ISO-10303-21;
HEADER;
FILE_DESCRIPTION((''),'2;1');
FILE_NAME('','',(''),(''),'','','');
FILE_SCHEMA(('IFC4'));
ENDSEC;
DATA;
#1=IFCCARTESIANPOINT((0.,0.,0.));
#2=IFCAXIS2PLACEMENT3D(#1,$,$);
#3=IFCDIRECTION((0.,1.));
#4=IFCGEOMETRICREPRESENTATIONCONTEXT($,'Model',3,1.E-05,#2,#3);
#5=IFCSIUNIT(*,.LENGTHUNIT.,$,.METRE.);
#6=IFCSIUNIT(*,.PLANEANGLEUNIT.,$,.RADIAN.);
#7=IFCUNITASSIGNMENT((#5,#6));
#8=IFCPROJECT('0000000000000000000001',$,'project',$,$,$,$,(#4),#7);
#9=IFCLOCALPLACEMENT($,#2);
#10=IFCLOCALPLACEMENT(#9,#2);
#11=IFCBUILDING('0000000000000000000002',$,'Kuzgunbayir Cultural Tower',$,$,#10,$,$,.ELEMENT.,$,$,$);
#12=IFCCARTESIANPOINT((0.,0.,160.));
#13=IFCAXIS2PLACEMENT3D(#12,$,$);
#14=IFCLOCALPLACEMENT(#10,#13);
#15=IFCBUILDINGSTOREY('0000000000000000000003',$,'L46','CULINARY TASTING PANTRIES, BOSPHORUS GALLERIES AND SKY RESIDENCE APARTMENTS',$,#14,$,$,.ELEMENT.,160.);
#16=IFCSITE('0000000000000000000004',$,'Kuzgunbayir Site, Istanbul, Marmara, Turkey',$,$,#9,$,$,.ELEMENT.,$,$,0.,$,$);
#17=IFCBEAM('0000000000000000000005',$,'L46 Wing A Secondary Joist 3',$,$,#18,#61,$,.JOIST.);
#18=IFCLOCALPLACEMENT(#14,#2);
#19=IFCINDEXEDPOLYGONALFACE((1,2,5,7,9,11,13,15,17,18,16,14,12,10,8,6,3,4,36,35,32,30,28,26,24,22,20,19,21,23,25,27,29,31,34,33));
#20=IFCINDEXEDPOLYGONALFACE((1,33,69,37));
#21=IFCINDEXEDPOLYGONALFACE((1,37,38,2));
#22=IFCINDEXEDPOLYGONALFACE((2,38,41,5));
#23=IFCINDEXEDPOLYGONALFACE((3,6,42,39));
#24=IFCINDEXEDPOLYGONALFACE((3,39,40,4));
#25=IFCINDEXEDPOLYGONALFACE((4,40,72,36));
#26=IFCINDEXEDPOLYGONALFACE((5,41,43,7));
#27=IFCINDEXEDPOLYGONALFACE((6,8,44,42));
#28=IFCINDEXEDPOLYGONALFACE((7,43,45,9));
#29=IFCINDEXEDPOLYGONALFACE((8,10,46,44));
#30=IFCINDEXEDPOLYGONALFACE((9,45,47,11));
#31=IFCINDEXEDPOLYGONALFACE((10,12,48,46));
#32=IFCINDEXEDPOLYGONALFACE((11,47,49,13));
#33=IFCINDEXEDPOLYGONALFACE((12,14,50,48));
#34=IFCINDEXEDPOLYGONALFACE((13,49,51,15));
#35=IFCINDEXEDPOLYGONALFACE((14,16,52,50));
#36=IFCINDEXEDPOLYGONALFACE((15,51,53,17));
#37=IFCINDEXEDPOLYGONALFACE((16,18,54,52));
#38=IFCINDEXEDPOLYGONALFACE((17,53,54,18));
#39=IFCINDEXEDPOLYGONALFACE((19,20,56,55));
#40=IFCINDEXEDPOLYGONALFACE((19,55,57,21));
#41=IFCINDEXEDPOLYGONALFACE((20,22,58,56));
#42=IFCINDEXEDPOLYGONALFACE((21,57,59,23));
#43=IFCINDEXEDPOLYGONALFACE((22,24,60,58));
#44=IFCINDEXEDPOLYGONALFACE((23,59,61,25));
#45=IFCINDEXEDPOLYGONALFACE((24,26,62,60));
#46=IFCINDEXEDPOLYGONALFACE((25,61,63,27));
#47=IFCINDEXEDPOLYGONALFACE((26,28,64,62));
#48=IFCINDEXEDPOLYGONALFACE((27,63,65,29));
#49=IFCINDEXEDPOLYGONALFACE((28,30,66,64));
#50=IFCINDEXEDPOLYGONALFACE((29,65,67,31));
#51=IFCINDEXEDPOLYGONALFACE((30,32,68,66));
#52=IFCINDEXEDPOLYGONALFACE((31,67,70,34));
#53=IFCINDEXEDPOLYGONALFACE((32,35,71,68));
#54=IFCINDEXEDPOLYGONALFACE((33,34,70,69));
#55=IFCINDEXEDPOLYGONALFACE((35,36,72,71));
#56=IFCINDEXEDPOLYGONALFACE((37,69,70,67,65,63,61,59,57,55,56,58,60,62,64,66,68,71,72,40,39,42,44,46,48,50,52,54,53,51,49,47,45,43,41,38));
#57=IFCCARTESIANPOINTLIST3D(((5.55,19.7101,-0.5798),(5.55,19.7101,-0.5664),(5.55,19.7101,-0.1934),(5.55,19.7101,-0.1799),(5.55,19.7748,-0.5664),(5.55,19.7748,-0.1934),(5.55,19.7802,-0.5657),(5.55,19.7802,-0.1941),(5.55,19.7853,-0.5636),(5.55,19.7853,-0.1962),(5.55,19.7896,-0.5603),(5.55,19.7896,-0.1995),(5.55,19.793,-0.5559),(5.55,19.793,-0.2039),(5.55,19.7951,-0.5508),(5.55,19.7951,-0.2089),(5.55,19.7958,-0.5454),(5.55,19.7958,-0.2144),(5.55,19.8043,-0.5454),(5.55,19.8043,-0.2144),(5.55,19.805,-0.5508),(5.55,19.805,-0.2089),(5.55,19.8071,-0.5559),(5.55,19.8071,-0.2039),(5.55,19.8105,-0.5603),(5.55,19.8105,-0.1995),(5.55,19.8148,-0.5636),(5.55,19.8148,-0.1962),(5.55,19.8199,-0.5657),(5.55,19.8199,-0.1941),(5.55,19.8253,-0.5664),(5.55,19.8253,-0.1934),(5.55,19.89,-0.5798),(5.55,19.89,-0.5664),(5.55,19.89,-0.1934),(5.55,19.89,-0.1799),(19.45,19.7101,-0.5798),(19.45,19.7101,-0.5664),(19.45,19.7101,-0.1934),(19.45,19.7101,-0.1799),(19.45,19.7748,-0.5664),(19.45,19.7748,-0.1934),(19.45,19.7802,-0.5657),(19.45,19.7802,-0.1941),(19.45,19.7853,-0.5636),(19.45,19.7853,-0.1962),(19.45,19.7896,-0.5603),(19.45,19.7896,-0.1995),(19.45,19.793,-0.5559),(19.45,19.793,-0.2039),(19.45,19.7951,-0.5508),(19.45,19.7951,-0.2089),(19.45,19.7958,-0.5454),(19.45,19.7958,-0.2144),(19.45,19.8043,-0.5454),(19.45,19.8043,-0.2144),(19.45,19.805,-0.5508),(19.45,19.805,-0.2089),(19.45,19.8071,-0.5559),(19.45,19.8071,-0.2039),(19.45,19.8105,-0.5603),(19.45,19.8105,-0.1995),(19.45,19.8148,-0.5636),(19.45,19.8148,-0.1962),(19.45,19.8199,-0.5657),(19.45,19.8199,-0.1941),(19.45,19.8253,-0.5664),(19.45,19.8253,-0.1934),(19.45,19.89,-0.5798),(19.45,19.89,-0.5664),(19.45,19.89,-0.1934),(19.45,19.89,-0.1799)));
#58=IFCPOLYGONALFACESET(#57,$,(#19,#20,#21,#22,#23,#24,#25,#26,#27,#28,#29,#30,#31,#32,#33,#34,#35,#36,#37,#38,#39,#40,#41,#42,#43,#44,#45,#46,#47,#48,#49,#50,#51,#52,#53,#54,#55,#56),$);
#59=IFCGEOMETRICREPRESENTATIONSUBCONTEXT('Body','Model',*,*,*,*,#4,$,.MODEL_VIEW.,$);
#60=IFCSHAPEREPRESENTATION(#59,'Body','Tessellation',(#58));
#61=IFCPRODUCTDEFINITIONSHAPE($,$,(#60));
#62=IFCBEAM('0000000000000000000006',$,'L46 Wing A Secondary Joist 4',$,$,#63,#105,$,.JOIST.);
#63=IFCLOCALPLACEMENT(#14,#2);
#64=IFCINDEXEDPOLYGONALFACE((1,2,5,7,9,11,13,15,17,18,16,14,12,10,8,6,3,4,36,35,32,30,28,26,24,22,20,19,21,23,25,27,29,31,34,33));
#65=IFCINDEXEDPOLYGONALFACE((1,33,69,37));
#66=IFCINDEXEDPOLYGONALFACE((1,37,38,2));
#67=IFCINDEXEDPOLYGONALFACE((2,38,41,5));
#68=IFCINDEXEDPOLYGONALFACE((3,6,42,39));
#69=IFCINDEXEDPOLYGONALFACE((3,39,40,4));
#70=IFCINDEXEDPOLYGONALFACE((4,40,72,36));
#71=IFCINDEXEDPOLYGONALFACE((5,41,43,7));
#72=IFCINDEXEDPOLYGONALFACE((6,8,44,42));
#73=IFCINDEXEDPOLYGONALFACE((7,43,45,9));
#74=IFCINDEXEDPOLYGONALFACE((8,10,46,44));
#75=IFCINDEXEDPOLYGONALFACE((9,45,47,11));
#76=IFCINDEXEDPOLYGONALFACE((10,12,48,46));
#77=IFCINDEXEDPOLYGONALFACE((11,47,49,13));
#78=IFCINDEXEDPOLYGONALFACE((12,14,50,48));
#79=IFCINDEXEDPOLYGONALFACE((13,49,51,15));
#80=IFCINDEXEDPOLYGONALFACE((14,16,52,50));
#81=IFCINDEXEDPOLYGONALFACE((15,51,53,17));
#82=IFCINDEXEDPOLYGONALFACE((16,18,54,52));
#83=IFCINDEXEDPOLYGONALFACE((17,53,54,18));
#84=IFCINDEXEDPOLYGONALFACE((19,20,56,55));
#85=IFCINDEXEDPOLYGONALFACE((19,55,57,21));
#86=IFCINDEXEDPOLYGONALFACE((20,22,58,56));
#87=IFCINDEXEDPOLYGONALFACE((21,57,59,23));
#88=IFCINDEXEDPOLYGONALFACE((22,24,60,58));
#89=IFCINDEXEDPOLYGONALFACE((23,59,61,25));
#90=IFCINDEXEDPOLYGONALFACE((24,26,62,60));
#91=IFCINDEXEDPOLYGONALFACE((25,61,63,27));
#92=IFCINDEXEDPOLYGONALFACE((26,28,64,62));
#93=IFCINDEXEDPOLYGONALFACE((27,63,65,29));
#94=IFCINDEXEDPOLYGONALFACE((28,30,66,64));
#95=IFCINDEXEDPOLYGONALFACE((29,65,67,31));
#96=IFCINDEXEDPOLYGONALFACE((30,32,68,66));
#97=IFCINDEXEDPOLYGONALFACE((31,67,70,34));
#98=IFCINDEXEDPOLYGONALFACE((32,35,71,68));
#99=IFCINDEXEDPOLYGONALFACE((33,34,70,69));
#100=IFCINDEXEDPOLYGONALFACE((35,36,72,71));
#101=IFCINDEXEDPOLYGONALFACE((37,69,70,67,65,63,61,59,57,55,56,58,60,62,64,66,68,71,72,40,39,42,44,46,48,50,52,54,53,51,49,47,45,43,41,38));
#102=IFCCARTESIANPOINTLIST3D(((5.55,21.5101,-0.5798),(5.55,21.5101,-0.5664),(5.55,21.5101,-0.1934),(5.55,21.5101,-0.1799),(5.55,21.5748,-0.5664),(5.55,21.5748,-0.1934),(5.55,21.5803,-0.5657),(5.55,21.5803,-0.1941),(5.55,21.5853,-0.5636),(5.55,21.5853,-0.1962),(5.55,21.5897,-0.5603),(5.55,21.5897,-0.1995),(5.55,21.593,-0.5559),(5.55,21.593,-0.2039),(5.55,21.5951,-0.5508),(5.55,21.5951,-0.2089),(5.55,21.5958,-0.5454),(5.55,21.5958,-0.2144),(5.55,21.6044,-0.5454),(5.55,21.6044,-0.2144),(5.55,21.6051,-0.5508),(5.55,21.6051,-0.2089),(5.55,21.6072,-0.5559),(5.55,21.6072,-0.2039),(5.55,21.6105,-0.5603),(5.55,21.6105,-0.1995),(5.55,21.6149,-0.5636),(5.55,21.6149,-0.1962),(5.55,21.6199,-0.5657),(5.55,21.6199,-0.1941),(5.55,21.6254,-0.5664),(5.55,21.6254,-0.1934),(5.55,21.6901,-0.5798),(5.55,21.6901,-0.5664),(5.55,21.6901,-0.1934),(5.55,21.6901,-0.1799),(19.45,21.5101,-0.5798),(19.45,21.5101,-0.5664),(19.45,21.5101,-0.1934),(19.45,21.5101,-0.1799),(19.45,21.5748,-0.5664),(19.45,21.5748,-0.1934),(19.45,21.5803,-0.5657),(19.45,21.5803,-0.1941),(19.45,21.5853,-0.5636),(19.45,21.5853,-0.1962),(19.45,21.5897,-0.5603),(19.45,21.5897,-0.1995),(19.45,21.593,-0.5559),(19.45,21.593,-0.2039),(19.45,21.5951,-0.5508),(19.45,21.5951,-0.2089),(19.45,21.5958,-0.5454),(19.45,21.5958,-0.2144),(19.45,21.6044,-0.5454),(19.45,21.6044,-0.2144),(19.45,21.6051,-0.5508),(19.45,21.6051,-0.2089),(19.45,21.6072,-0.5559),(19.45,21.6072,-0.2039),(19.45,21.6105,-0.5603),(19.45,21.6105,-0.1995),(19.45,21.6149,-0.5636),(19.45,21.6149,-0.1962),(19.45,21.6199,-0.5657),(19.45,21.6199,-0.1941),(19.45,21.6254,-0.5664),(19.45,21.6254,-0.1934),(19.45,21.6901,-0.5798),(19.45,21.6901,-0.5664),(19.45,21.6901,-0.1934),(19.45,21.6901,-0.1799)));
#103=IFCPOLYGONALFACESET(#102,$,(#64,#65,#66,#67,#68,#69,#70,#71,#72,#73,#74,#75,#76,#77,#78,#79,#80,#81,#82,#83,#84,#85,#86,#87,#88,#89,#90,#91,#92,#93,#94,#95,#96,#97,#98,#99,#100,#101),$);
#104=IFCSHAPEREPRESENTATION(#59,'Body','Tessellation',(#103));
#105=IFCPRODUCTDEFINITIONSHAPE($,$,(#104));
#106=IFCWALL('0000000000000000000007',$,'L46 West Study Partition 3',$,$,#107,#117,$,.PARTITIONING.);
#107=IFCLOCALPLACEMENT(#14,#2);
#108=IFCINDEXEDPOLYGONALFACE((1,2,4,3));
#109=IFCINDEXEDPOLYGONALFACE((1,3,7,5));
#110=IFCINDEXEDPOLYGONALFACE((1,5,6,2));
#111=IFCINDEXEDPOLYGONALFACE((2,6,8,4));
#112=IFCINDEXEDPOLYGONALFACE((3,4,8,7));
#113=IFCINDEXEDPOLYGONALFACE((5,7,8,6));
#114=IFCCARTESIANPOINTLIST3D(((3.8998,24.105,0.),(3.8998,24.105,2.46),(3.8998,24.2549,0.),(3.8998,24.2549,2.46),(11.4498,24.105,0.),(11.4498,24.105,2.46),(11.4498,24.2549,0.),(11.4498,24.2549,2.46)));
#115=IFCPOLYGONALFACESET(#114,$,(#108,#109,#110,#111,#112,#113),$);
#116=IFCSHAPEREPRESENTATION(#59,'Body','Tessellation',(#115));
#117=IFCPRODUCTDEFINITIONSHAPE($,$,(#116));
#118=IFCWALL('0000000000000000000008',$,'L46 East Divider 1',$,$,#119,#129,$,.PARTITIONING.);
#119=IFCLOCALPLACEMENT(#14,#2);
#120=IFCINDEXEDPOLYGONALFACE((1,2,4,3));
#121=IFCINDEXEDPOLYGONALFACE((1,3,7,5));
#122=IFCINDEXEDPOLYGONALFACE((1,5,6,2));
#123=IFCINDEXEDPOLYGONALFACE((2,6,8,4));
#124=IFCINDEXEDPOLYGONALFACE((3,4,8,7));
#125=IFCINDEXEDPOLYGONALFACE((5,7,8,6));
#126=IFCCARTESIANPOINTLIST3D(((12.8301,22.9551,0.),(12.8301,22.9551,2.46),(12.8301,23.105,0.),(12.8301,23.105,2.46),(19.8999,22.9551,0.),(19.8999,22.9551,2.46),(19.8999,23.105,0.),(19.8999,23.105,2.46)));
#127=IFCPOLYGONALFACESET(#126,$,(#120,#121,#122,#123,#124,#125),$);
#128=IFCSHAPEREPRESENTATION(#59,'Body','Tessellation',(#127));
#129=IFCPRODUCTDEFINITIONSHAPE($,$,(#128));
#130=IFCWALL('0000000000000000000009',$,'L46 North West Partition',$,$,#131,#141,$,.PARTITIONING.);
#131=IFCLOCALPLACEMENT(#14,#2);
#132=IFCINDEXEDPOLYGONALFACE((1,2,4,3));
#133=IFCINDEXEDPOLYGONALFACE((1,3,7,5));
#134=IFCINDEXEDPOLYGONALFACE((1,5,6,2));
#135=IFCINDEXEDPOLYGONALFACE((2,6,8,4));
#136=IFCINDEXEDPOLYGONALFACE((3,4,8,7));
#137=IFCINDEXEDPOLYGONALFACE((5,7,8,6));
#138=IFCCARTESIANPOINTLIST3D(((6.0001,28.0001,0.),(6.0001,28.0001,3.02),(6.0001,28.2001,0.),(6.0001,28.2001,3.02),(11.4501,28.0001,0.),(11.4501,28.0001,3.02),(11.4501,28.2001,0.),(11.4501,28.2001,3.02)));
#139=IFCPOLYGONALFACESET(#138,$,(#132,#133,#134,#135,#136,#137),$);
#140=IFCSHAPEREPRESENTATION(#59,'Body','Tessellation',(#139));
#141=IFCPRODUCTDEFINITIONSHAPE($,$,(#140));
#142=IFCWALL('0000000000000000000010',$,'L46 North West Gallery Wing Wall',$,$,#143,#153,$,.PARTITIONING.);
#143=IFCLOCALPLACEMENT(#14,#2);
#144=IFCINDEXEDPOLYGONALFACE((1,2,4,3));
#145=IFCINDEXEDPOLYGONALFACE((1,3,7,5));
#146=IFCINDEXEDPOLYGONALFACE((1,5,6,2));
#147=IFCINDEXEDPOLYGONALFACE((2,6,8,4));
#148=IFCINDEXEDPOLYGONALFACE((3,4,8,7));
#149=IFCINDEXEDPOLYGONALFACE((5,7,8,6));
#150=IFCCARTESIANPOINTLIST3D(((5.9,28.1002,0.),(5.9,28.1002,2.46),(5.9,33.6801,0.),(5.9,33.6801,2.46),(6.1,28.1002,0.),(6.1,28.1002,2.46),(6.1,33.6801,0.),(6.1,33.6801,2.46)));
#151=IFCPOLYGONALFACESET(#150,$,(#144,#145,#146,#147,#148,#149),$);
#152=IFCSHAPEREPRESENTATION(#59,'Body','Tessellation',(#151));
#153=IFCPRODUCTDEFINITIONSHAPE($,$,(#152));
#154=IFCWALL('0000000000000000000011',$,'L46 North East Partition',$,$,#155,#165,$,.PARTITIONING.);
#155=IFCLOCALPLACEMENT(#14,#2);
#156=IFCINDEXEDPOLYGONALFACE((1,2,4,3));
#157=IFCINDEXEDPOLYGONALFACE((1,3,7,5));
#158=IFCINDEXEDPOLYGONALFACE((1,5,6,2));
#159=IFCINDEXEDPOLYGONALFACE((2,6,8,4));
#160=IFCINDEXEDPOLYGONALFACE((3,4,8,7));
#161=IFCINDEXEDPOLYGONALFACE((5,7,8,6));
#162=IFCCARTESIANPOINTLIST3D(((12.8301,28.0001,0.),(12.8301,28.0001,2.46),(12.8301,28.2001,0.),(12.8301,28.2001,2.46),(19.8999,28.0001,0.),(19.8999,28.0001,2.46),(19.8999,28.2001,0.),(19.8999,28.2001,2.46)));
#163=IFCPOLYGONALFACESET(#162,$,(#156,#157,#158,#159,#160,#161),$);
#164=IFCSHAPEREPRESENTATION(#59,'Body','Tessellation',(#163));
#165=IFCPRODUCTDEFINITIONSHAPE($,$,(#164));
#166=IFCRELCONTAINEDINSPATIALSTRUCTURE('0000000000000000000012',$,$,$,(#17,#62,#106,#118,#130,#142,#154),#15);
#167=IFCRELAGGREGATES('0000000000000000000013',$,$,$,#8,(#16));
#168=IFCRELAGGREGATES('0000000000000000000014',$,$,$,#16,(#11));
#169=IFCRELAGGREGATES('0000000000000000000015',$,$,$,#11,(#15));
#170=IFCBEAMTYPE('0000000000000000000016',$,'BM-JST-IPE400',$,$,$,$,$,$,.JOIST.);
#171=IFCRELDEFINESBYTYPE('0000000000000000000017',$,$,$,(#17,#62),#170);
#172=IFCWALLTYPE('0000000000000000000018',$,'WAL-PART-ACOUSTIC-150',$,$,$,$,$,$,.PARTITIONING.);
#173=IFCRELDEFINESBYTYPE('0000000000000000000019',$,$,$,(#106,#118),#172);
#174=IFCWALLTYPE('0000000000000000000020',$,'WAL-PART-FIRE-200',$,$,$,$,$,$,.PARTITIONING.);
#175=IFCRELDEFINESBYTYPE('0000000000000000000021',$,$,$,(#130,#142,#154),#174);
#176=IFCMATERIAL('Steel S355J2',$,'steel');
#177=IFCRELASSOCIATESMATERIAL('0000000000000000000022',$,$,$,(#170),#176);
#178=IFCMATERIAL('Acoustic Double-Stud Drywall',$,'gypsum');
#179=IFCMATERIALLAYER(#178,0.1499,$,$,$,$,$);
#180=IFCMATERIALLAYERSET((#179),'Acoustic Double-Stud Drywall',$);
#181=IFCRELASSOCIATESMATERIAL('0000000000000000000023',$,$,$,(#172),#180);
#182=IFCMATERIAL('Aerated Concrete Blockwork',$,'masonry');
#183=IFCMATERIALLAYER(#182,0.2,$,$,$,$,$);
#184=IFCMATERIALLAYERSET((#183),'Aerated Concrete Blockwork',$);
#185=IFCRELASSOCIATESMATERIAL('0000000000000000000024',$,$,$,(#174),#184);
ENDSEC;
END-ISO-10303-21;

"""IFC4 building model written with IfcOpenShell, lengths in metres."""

from ifc_helpers import new_model, si_unit, direction, frame, frame_2d, origin, origin_2d, place, context, subcontext, project, spatial, rectangle, i_section, extrude, material, layer, layer_set, material_profile, profile_set, type_object, element, save


model = new_model("IFC4")

# Units and contexts
model_context = context("Model", 3, precision=1e-05, world=origin(), true_north=direction((0.0, 1.0)))
body_context = subcontext(model_context, "Body", "Model", "MODEL_VIEW")
ifc_project = project(units=[si_unit("LENGTHUNIT", "METRE"), si_unit("PLANEANGLEUNIT", "RADIAN")], contexts=[model_context])

# Site, building, storey
site_placement = place(None, origin())
site = spatial("IfcSite", under=ifc_project, at=site_placement, Name="Kuzgunbayir Site, Istanbul, Marmara, Turkey", CompositionType="ELEMENT", RefElevation=0.0)
building_placement = place(site_placement, origin())
building = spatial("IfcBuilding", under=site, at=building_placement, Name="Kuzgunbayir Cultural Tower", CompositionType="ELEMENT")
storey_placement = place(building_placement, frame((0.0, 0.0, 160.0)))
storey = spatial("IfcBuildingStorey", under=building, at=storey_placement, Name="L46", Description="CULINARY TASTING PANTRIES, BOSPHORUS GALLERIES AND SKY RESIDENCE APARTMENTS", CompositionType="ELEMENT", Elevation=160.0)

# Beams
ifc_material_1 = material(Name="Steel S355J2", Category="steel")
ifc_material_profile_1 = material_profile(ifc_material_1, i_section(OverallWidth=0.1799, OverallDepth=0.3999, WebThickness=0.0085, FlangeThickness=0.0134, FilletRadius=0.021, at=origin_2d()), Name="IPE 400")
ifc_profile_set_1 = profile_set([ifc_material_profile_1], Name="Steel S355J2")
beam_type_1 = type_object("IfcBeamType", Name="BM-JST-IPE400", PredefinedType="JOIST", material=ifc_profile_set_1)
for number, where, z_axis, x_axis, name in (
    (1, (5.55, 19.8, -0.3799), (1.0, 0.0, 0.0), (0.0, 1.0, 0.0), "L46 Wing A Secondary Joist 3"),
    (2, (5.55, 21.6001, -0.3799), (1.0, 0.0, 0.0), (0.0, 1.0, 0.0), "L46 Wing A Secondary Joist 4"),
):
    element("IfcBeam", number, at=place(storey_placement, frame(where, z_axis=z_axis, x_axis=x_axis)), inside=storey, type_object=beam_type_1, Name=name, PredefinedType="JOIST", context=body_context, shape_type="SweptSolid", body=[
        extrude(i_section(OverallWidth=0.1799, OverallDepth=0.3999, WebThickness=0.0085, FlangeThickness=0.0134, FilletRadius=0.021, at=origin_2d()), origin(), (0.0, 0.0, 1.0), 13.8999),
    ])

# Walls
ifc_material_2 = material(Name="Acoustic Double-Stud Drywall", Category="gypsum")
ifc_layer_1 = layer(ifc_material_2, 0.1499)
ifc_layer_set_1 = layer_set([ifc_layer_1], Name="Acoustic Double-Stud Drywall")
wall_type_1 = type_object("IfcWallType", Name="WAL-PART-ACOUSTIC-150", PredefinedType="PARTITIONING", material=ifc_layer_set_1)
wall_1_placement = place(storey_placement, frame((3.8999, 24.1799, 0.0), z_axis=(0.0, 0.0, 1.0), x_axis=(1.0, 0.0, 0.0)))
element("IfcWall", 3, at=wall_1_placement, inside=storey, type_object=wall_type_1, Name="L46 West Study Partition 3", PredefinedType="PARTITIONING", context=body_context, shape_type="SweptSolid", body=[
    extrude(rectangle(XDim=7.55, YDim=0.1499, at=frame_2d((3.7749, 0.0))), origin(), (0.0, 0.0, 1.0), 2.46),
])
wall_2_placement = place(storey_placement, frame((12.8301, 23.03, 0.0), z_axis=(0.0, 0.0, 1.0), x_axis=(1.0, 0.0, 0.0)))
element("IfcWall", 4, at=wall_2_placement, inside=storey, type_object=wall_type_1, Name="L46 East Divider 1", PredefinedType="PARTITIONING", context=body_context, shape_type="SweptSolid", body=[
    extrude(rectangle(XDim=7.0698, YDim=0.1499, at=frame_2d((3.5349, 0.0))), origin(), (0.0, 0.0, 1.0), 2.46),
])
ifc_material_3 = material(Name="Aerated Concrete Blockwork", Category="masonry")
ifc_layer_2 = layer(ifc_material_3, 0.2)
ifc_layer_set_2 = layer_set([ifc_layer_2], Name="Aerated Concrete Blockwork")
wall_type_2 = type_object("IfcWallType", Name="WAL-PART-FIRE-200", PredefinedType="PARTITIONING", material=ifc_layer_set_2)
wall_3_placement = place(storey_placement, frame((6.0, 28.1001, 0.0), z_axis=(0.0, 0.0, 1.0), x_axis=(1.0, 0.0, 0.0)))
element("IfcWall", 5, at=wall_3_placement, inside=storey, type_object=wall_type_2, Name="L46 North West Partition", PredefinedType="PARTITIONING", context=body_context, shape_type="SweptSolid", body=[
    extrude(rectangle(XDim=5.45, YDim=0.2, at=frame_2d((2.7251, 0.0))), origin(), (0.0, 0.0, 1.0), 3.02),
])
wall_4_placement = place(storey_placement, frame((6.0, 28.1001, 0.0), z_axis=(0.0, 0.0, 1.0), x_axis=(0.0, 1.0, 0.0)))
element("IfcWall", 6, at=wall_4_placement, inside=storey, type_object=wall_type_2, Name="L46 North West Gallery Wing Wall", PredefinedType="PARTITIONING", context=body_context, shape_type="SweptSolid", body=[
    extrude(rectangle(XDim=5.5798, YDim=0.2, at=frame_2d((2.79, 0.0))), origin(), (0.0, 0.0, 1.0), 2.46),
])
wall_5_placement = place(storey_placement, frame((12.8301, 28.1001, 0.0), z_axis=(0.0, 0.0, 1.0), x_axis=(1.0, 0.0, 0.0)))
element("IfcWall", 7, at=wall_5_placement, inside=storey, type_object=wall_type_2, Name="L46 North East Partition", PredefinedType="PARTITIONING", context=body_context, shape_type="SweptSolid", body=[
    extrude(rectangle(XDim=7.0698, YDim=0.2, at=frame_2d((3.5349, 0.0))), origin(), (0.0, 0.0, 1.0), 2.46),
])

save(model, "model.ifc")
